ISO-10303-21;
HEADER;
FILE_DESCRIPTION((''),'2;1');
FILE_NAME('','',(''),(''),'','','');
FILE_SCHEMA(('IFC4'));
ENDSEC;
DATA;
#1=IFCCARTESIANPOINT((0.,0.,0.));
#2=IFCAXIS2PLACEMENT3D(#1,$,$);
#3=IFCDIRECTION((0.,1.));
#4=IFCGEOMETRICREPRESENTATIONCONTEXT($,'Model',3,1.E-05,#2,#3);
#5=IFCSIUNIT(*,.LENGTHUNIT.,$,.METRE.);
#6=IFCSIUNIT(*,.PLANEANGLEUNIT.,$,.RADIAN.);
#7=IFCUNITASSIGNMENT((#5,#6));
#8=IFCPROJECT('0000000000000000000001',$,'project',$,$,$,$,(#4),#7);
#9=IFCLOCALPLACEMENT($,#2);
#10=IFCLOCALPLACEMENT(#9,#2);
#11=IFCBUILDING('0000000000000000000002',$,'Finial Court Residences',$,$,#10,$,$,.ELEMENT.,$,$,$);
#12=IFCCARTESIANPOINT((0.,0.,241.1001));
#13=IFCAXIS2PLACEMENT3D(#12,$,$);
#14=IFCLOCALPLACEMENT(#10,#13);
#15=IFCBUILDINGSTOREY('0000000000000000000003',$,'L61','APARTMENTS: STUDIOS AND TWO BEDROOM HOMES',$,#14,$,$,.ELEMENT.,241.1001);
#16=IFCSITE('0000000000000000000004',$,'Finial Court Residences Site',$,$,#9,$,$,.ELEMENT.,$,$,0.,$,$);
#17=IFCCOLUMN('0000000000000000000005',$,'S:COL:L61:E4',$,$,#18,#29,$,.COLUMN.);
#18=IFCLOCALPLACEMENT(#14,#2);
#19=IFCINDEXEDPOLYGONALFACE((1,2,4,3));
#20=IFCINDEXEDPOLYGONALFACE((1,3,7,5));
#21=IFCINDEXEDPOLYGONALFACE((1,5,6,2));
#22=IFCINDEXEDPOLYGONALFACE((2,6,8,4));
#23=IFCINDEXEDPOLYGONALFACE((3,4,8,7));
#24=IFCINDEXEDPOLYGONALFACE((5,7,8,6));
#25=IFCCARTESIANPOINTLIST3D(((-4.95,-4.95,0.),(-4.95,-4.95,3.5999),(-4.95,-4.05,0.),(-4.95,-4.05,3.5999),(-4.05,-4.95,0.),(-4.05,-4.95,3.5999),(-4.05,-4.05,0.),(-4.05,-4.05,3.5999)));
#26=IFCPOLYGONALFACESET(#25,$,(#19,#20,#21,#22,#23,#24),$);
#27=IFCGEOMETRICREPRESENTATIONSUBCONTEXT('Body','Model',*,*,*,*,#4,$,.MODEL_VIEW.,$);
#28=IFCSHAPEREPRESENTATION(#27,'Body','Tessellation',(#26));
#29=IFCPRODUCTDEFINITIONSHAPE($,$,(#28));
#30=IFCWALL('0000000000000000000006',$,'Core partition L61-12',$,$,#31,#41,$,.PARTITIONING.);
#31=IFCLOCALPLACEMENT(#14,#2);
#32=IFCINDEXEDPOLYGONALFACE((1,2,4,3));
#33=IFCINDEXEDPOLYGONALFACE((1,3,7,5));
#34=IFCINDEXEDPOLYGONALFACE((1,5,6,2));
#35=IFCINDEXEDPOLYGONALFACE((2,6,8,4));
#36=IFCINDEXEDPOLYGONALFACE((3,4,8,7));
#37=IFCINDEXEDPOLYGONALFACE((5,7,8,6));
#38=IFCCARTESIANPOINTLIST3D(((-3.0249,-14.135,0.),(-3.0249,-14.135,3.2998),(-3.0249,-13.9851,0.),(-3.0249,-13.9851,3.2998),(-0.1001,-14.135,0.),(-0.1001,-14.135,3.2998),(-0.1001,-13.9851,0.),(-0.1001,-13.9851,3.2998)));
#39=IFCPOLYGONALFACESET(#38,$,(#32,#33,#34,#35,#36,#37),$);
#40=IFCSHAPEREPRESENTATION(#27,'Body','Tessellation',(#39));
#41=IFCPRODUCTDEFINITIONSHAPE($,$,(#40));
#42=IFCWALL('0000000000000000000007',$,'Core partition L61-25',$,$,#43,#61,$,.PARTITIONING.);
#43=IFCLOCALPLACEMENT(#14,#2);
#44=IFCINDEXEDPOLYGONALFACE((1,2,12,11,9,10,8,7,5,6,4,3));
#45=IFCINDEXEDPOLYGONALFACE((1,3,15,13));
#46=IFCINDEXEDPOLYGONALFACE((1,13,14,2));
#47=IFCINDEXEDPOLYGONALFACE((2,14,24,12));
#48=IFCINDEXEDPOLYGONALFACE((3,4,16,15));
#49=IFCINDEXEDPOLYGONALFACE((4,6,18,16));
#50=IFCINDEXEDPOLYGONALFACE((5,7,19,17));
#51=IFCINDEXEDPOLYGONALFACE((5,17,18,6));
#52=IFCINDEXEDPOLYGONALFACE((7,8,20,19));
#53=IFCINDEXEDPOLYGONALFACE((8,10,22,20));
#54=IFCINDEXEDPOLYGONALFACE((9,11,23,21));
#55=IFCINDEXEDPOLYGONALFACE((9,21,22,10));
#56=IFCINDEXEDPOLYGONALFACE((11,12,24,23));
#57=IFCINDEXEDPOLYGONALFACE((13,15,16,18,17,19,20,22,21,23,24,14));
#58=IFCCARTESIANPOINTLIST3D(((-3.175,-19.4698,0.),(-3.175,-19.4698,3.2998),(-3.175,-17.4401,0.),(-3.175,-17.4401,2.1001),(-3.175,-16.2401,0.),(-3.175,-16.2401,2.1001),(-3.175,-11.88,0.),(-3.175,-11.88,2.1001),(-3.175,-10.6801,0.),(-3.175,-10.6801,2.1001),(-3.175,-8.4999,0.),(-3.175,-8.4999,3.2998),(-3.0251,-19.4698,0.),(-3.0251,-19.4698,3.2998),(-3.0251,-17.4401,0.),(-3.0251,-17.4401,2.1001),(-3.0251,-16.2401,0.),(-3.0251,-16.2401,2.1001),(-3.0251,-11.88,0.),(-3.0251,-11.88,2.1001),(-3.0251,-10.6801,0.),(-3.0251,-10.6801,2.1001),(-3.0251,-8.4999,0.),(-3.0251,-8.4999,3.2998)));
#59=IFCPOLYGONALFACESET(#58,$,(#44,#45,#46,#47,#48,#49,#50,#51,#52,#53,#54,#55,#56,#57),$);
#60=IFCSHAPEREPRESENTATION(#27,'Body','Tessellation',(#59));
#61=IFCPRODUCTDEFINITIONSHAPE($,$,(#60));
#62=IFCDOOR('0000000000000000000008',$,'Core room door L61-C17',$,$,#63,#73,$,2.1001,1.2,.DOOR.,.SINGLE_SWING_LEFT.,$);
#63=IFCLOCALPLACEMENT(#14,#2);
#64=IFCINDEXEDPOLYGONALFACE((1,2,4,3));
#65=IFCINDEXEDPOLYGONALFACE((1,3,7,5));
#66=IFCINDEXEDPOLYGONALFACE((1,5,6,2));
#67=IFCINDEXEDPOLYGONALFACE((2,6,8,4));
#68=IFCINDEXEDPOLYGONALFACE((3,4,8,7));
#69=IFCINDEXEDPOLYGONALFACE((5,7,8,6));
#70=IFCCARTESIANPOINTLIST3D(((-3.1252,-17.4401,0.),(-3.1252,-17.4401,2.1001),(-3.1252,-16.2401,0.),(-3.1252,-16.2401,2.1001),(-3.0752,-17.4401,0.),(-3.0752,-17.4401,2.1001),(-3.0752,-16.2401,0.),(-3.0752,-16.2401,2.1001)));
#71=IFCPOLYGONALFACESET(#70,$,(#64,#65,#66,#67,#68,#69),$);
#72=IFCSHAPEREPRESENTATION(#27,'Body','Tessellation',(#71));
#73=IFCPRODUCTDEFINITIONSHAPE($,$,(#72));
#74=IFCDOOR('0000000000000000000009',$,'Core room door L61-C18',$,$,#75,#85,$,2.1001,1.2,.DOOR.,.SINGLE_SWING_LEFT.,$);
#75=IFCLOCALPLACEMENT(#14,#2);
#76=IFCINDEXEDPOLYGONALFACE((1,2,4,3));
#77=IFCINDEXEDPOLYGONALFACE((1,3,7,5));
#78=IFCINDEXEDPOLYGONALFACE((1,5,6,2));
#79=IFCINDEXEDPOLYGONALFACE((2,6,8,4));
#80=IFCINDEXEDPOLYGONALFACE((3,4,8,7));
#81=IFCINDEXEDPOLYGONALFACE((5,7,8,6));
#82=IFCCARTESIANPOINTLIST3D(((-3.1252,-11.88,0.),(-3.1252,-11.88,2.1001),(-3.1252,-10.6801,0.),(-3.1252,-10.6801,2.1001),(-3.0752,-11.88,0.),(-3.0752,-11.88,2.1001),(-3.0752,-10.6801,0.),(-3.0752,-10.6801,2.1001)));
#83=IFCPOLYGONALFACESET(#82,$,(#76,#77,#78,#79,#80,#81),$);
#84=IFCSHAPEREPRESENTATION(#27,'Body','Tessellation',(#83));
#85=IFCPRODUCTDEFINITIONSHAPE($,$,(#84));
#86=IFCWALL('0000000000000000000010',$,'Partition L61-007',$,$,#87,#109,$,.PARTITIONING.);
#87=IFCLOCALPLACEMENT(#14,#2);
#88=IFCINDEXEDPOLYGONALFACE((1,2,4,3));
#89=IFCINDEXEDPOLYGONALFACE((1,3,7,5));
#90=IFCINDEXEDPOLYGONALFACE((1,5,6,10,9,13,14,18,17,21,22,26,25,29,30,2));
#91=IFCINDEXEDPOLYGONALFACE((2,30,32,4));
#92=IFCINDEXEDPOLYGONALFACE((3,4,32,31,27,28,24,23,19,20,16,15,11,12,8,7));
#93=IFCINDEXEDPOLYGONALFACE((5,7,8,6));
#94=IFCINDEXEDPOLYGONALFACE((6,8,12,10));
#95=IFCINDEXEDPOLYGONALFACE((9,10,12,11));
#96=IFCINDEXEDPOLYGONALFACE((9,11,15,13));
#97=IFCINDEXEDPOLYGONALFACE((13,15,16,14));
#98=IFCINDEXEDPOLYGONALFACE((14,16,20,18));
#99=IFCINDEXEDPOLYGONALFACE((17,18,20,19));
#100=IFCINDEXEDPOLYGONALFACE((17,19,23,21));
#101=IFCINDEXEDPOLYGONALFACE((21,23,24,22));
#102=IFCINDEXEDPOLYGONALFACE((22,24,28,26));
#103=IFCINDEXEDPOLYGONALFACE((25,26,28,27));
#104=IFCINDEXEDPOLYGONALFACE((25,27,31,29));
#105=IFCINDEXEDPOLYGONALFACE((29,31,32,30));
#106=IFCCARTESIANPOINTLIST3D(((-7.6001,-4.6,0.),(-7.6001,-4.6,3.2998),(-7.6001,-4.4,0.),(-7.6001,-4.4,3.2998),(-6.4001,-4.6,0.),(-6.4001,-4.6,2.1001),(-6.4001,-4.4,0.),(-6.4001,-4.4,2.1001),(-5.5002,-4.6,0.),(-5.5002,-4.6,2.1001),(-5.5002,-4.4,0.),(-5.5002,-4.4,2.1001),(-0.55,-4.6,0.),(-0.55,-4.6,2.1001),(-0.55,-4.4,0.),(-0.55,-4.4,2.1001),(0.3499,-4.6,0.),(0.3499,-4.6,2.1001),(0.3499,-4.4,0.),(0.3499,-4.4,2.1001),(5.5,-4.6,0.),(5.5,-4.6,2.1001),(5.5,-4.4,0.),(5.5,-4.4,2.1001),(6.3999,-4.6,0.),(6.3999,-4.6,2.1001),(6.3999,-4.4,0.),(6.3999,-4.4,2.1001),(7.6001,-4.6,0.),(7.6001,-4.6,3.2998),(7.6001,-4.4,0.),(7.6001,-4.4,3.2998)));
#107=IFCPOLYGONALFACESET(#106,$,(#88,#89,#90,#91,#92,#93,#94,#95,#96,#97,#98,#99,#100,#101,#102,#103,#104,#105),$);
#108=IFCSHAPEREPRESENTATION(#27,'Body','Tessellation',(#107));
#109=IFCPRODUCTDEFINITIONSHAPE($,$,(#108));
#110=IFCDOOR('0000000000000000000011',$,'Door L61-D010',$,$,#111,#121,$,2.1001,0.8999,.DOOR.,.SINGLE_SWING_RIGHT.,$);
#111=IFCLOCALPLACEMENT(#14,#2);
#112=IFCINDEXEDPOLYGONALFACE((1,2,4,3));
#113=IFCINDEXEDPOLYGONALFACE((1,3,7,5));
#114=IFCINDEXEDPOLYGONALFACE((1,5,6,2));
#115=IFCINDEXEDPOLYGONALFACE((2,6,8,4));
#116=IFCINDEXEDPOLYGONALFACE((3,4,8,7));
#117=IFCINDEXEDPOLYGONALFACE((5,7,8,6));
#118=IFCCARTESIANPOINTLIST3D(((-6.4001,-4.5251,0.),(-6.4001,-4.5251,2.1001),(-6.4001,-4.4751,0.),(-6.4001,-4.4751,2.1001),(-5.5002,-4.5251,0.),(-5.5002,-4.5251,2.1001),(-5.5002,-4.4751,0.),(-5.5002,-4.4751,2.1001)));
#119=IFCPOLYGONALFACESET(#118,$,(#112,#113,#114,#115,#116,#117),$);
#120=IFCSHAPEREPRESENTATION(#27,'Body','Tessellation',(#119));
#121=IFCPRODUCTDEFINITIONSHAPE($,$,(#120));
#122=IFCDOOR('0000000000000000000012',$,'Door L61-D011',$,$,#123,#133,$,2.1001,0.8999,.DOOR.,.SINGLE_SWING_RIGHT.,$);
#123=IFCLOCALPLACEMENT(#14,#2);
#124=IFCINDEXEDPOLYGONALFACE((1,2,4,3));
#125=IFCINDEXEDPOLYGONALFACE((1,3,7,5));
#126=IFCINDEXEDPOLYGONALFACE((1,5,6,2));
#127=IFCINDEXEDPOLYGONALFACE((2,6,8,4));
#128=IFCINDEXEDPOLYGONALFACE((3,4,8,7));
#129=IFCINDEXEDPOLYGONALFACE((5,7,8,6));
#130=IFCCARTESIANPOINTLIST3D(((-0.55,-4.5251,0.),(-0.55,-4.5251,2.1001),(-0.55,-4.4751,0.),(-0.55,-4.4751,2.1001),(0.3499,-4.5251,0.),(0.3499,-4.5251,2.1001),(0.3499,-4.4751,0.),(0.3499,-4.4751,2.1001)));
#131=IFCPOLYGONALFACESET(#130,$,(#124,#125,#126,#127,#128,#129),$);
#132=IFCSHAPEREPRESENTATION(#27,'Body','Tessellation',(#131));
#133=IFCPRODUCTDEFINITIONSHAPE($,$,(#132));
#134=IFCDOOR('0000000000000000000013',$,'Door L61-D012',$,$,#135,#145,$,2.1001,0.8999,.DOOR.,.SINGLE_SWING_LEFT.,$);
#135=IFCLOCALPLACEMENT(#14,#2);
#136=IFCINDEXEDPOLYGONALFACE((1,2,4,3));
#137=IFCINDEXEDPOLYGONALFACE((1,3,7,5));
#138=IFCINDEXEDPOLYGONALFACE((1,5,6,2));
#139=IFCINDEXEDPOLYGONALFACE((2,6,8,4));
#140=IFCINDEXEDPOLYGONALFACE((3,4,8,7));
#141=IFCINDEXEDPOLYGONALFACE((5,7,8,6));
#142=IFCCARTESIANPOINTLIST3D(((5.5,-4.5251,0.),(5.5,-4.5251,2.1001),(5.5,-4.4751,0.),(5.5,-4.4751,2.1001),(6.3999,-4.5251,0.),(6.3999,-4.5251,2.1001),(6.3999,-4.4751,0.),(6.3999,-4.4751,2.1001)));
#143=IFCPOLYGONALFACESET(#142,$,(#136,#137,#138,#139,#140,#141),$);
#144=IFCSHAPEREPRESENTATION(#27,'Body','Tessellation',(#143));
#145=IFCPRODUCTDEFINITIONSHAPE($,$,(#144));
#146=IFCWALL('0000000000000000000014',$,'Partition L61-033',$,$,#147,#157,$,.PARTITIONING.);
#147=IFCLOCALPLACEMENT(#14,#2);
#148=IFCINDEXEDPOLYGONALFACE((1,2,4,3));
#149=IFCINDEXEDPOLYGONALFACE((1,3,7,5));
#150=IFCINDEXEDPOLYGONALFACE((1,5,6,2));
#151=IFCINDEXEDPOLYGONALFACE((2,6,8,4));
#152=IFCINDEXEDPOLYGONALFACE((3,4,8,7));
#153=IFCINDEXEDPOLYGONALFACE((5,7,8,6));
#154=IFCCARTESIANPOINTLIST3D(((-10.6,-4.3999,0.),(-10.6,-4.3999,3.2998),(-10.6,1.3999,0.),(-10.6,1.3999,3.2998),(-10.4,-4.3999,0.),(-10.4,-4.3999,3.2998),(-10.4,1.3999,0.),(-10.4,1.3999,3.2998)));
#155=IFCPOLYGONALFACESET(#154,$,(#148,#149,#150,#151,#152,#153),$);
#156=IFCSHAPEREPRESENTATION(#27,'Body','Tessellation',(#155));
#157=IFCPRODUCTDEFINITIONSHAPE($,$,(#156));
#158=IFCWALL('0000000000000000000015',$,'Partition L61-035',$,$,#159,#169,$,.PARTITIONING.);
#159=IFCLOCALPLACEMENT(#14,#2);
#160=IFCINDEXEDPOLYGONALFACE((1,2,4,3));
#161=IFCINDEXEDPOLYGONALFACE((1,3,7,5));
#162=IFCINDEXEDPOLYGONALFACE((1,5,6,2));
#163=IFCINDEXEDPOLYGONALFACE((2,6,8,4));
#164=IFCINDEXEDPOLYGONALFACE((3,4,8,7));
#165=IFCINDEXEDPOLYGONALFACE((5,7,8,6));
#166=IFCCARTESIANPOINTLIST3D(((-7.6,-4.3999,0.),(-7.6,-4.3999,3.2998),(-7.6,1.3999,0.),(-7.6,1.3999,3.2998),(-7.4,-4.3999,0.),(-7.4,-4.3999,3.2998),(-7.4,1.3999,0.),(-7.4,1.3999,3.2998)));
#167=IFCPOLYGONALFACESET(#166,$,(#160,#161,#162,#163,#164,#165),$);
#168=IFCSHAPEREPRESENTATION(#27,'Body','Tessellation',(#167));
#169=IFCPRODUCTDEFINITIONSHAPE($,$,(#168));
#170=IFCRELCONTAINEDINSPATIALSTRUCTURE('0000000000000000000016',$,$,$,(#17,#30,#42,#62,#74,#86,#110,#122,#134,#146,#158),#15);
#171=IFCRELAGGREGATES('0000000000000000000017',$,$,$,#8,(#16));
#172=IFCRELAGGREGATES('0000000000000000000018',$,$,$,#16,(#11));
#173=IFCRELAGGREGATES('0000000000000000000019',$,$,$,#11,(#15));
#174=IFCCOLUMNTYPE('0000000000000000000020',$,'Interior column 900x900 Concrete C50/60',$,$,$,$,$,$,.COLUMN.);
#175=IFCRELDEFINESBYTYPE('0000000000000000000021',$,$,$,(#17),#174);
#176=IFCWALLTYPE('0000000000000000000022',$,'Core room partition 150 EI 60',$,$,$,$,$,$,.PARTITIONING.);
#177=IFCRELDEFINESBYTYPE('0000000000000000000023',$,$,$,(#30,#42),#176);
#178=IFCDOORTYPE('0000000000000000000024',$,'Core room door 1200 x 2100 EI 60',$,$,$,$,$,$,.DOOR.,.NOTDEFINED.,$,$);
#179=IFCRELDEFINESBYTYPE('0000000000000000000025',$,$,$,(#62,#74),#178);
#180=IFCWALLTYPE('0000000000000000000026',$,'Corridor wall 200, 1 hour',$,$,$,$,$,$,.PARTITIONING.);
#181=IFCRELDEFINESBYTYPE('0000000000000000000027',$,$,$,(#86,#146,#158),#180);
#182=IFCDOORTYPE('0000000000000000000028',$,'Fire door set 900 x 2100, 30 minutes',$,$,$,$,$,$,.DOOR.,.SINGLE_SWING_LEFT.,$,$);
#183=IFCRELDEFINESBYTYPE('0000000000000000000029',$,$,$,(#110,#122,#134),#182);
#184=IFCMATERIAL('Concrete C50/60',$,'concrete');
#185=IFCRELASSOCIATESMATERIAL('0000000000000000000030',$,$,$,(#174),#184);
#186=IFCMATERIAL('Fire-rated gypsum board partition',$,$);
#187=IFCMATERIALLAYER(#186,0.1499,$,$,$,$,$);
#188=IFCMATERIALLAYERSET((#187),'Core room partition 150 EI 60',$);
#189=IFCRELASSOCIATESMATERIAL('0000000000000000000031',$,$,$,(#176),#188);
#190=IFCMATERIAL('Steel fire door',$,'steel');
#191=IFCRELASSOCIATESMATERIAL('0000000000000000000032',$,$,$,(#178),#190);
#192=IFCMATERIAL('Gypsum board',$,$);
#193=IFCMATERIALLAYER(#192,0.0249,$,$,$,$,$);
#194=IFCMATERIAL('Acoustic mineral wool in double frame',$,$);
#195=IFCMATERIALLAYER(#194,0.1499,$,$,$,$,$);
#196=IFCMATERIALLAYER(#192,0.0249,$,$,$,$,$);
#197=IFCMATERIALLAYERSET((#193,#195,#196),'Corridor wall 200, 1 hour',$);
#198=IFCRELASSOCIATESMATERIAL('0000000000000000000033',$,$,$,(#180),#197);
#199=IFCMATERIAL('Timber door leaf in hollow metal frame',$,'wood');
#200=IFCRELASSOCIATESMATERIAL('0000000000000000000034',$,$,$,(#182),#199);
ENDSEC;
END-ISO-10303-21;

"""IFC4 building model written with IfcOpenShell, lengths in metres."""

from ifc_helpers import new_model, si_unit, direction, frame, frame_2d, origin, origin_2d, place, context, subcontext, project, spatial, rectangle, extrude, material, layer, layer_set, material_profile, profile_set, type_object, element, fill, save


model = new_model("IFC4")

# Units and contexts
model_context = context("Model", 3, precision=1e-05, world=origin(), true_north=direction((0.0, 1.0)))
body_context = subcontext(model_context, "Body", "Model", "MODEL_VIEW")
ifc_project = project(units=[si_unit("LENGTHUNIT", "METRE"), si_unit("PLANEANGLEUNIT", "RADIAN")], contexts=[model_context])

# Site, building, storey
site_placement = place(None, origin())
site = spatial("IfcSite", under=ifc_project, at=site_placement, Name="Finial Court Residences Site", CompositionType="ELEMENT", RefElevation=0.0)
building_placement = place(site_placement, origin())
building = spatial("IfcBuilding", under=site, at=building_placement, Name="Finial Court Residences", CompositionType="ELEMENT")
storey_placement = place(building_placement, frame((0.0, 0.0, 241.1001)))
storey = spatial("IfcBuildingStorey", under=building, at=storey_placement, Name="L61", Description="APARTMENTS: STUDIOS AND TWO BEDROOM HOMES", CompositionType="ELEMENT", Elevation=241.1001)

# Column
ifc_material_1 = material(Name="Concrete C50/60", Category="concrete")
ifc_material_profile = material_profile(ifc_material_1, rectangle(XDim=0.8999, YDim=0.8999, at=origin_2d()), Name="900x900")
ifc_profile_set = profile_set([ifc_material_profile], Name="Concrete C50/60")
column_type = type_object("IfcColumnType", Name="Interior column 900x900 Concrete C50/60", PredefinedType="COLUMN", material=ifc_profile_set)
column_placement = place(storey_placement, frame((-4.5, -4.5, 0.0), z_axis=(0.0, 0.0, 1.0), x_axis=(1.0, 0.0, 0.0)))
element("IfcColumn", 1, at=column_placement, inside=storey, type_object=column_type, Name="S:COL:L61:E4", PredefinedType="COLUMN", context=body_context, shape_type="SweptSolid", body=[
    extrude(rectangle(XDim=0.8999, YDim=0.8999, at=origin_2d()), origin(), (0.0, 0.0, 1.0), 3.5999),
])

# Wall
ifc_material_2 = material(Name="Fire-rated gypsum board partition")
ifc_layer_1 = layer(ifc_material_2, 0.1499)
ifc_layer_set_1 = layer_set([ifc_layer_1], Name="Core room partition 150 EI 60")
wall_type_1 = type_object("IfcWallType", Name="Core room partition 150 EI 60", PredefinedType="PARTITIONING", material=ifc_layer_set_1)
wall_1_placement = place(storey_placement, frame((-3.0249, -14.0601, 0.0), z_axis=(0.0, 0.0, 1.0), x_axis=(1.0, 0.0, 0.0)))
element("IfcWall", 2, at=wall_1_placement, inside=storey, type_object=wall_type_1, Name="Core partition L61-12", PredefinedType="PARTITIONING", context=body_context, shape_type="SweptSolid", body=[
    extrude(rectangle(XDim=2.9248, YDim=0.1499, at=frame_2d((1.4624, 0.0))), origin(), (0.0, 0.0, 1.0), 3.2998),
])

# Walls, openings, doors
wall_2_placement = place(storey_placement, frame((-3.1001, -8.5, 0.0), z_axis=(0.0, 0.0, 1.0), x_axis=(0.0, -1.0, 0.0)))
wall_2 = element("IfcWall", 3, at=wall_2_placement, inside=storey, type_object=wall_type_1, Name="Core partition L61-25", PredefinedType="PARTITIONING", context=body_context, shape_type="SweptSolid", body=[
    extrude(rectangle(XDim=10.97, YDim=0.1499, at=frame_2d((5.4849, 0.0))), origin(), (0.0, 0.0, 1.0), 3.2998),
])
opening_1_placement = place(wall_2_placement, frame((7.74, 0.0, 0.0)))
opening_1 = element("IfcOpeningElement", 4, at=opening_1_placement, cuts=wall_2, PredefinedType="OPENING", context=body_context, shape_type="SweptSolid", body=[
    extrude(rectangle(XDim=1.2, YDim=2.1001, at=frame_2d((0.6001, 1.05))), frame((0.0, 0.085, 0.0), z_axis=(0.0, -1.0, 0.0), x_axis=(1.0, 0.0, 0.0)), (0.0, 0.0, 1.0), 0.1699),
])
opening_2_placement = place(wall_2_placement, frame((2.1799, 0.0, 0.0)))
opening_2 = element("IfcOpeningElement", 5, at=opening_2_placement, cuts=wall_2, PredefinedType="OPENING", context=body_context, shape_type="SweptSolid", body=[
    extrude(rectangle(XDim=1.2, YDim=2.1001, at=frame_2d((0.6001, 1.05))), frame((0.0, 0.085, 0.0), z_axis=(0.0, -1.0, 0.0), x_axis=(1.0, 0.0, 0.0)), (0.0, 0.0, 1.0), 0.1699),
])
ifc_material_3 = material(Name="Steel fire door", Category="steel")
door_type_1 = type_object("IfcDoorType", Name="Core room door 1200 x 2100 EI 60", OperationType="NOTDEFINED", PredefinedType="DOOR", material=ifc_material_3)
door_1_placement = place(opening_1_placement, origin())
door_1 = element("IfcDoor", 6, at=door_1_placement, inside=storey, type_object=door_type_1, Name="Core room door L61-C17", OperationType="SINGLE_SWING_LEFT", OverallHeight=2.1001, OverallWidth=1.2, PredefinedType="DOOR", context=body_context, shape_type="SweptSolid", body=[
    extrude(rectangle(XDim=1.2, YDim=2.1001, at=frame_2d((0.6001, 1.05))), frame((0.0, 0.0249, 0.0), z_axis=(0.0, -1.0, 0.0), x_axis=(1.0, 0.0, 0.0)), (0.0, 0.0, 1.0), 0.05),
])
fill(opening_1, door_1)
door_2_placement = place(opening_2_placement, origin())
door_2 = element("IfcDoor", 7, at=door_2_placement, inside=storey, type_object=door_type_1, Name="Core room door L61-C18", OperationType="SINGLE_SWING_LEFT", OverallHeight=2.1001, OverallWidth=1.2, PredefinedType="DOOR", context=body_context, shape_type="SweptSolid", body=[
    extrude(rectangle(XDim=1.2, YDim=2.1001, at=frame_2d((0.6001, 1.05))), frame((0.0, 0.0249, 0.0), z_axis=(0.0, -1.0, 0.0), x_axis=(1.0, 0.0, 0.0)), (0.0, 0.0, 1.0), 0.05),
])
fill(opening_2, door_2)
ifc_material_4 = material(Name="Gypsum board")
ifc_layer_2 = layer(ifc_material_4, 0.0249)
ifc_material_5 = material(Name="Acoustic mineral wool in double frame")
ifc_layer_3 = layer(ifc_material_5, 0.1499)
ifc_layer_4 = layer(ifc_material_4, 0.0249)
ifc_layer_set_2 = layer_set([ifc_layer_2, ifc_layer_3, ifc_layer_4], Name="Corridor wall 200, 1 hour")
wall_type_2 = type_object("IfcWallType", Name="Corridor wall 200, 1 hour", PredefinedType="PARTITIONING", material=ifc_layer_set_2)
wall_3_placement = place(storey_placement, frame((-7.6001, -4.5, 0.0), z_axis=(0.0, 0.0, 1.0), x_axis=(1.0, 0.0, 0.0)))
wall_3 = element("IfcWall", 8, at=wall_3_placement, inside=storey, type_object=wall_type_2, Name="Partition L61-007", PredefinedType="PARTITIONING", context=body_context, shape_type="SweptSolid", body=[
    extrude(rectangle(XDim=15.2002, YDim=0.2, at=frame_2d((7.6001, 0.0))), origin(), (0.0, 0.0, 1.0), 3.2998),
])
opening_3_placement = place(wall_3_placement, frame((1.2, 0.0, 0.0)))
opening_3 = element("IfcOpeningElement", 9, at=opening_3_placement, cuts=wall_3, PredefinedType="OPENING", context=body_context, shape_type="SweptSolid", body=[
    extrude(rectangle(XDim=0.8999, YDim=2.1001, at=frame_2d((0.45, 1.05))), frame((0.0, 0.1099, 0.0), z_axis=(0.0, -1.0, 0.0), x_axis=(1.0, 0.0, 0.0)), (0.0, 0.0, 1.0), 0.22),
])
opening_4_placement = place(wall_3_placement, frame((7.05, 0.0, 0.0)))
opening_4 = element("IfcOpeningElement", 10, at=opening_4_placement, cuts=wall_3, PredefinedType="OPENING", context=body_context, shape_type="SweptSolid", body=[
    extrude(rectangle(XDim=0.8999, YDim=2.1001, at=frame_2d((0.45, 1.05))), frame((0.0, 0.1099, 0.0), z_axis=(0.0, -1.0, 0.0), x_axis=(1.0, 0.0, 0.0)), (0.0, 0.0, 1.0), 0.22),
])
opening_5_placement = place(wall_3_placement, frame((13.1001, 0.0, 0.0)))
opening_5 = element("IfcOpeningElement", 11, at=opening_5_placement, cuts=wall_3, PredefinedType="OPENING", context=body_context, shape_type="SweptSolid", body=[
    extrude(rectangle(XDim=0.8999, YDim=2.1001, at=frame_2d((0.45, 1.05))), frame((0.0, 0.1099, 0.0), z_axis=(0.0, -1.0, 0.0), x_axis=(1.0, 0.0, 0.0)), (0.0, 0.0, 1.0), 0.22),
])
ifc_material_6 = material(Name="Timber door leaf in hollow metal frame", Category="wood")
door_type_2 = type_object("IfcDoorType", Name="Fire door set 900 x 2100, 30 minutes", OperationType="SINGLE_SWING_LEFT", PredefinedType="DOOR", material=ifc_material_6)
door_3_placement = place(opening_3_placement, origin())
door_3 = element("IfcDoor", 12, at=door_3_placement, inside=storey, type_object=door_type_2, Name="Door L61-D010", OperationType="SINGLE_SWING_RIGHT", OverallHeight=2.1001, OverallWidth=0.8999, PredefinedType="DOOR", context=body_context, shape_type="SweptSolid", body=[
    extrude(rectangle(XDim=0.8999, YDim=2.1001, at=frame_2d((0.45, 1.05))), frame((0.0, 0.0249, 0.0), z_axis=(0.0, -1.0, 0.0), x_axis=(1.0, 0.0, 0.0)), (0.0, 0.0, 1.0), 0.05),
])
fill(opening_3, door_3)
door_4_placement = place(opening_4_placement, origin())
door_4 = element("IfcDoor", 13, at=door_4_placement, inside=storey, type_object=door_type_2, Name="Door L61-D011", OperationType="SINGLE_SWING_RIGHT", OverallHeight=2.1001, OverallWidth=0.8999, PredefinedType="DOOR", context=body_context, shape_type="SweptSolid", body=[
    extrude(rectangle(XDim=0.8999, YDim=2.1001, at=frame_2d((0.45, 1.05))), frame((0.0, 0.0249, 0.0), z_axis=(0.0, -1.0, 0.0), x_axis=(1.0, 0.0, 0.0)), (0.0, 0.0, 1.0), 0.05),
])
fill(opening_4, door_4)
door_5_placement = place(opening_5_placement, origin())
door_5 = element("IfcDoor", 14, at=door_5_placement, inside=storey, type_object=door_type_2, Name="Door L61-D012", OperationType="SINGLE_SWING_LEFT", OverallHeight=2.1001, OverallWidth=0.8999, PredefinedType="DOOR", context=body_context, shape_type="SweptSolid", body=[
    extrude(rectangle(XDim=0.8999, YDim=2.1001, at=frame_2d((0.45, 1.05))), frame((0.0, 0.0249, 0.0), z_axis=(0.0, -1.0, 0.0), x_axis=(1.0, 0.0, 0.0)), (0.0, 0.0, 1.0), 0.05),
])
fill(opening_5, door_5)

# Walls
for number, where, z_axis, x_axis, name in (
    (15, (-10.5, -4.3999, 0.0), (0.0, 0.0, 1.0), (0.0, 1.0, 0.0), "Partition L61-033"),
    (16, (-7.5, -4.3999, 0.0), (0.0, 0.0, 1.0), (0.0, 1.0, 0.0), "Partition L61-035"),
):
    element("IfcWall", number, at=place(storey_placement, frame(where, z_axis=z_axis, x_axis=x_axis)), inside=storey, type_object=wall_type_2, Name=name, PredefinedType="PARTITIONING", context=body_context, shape_type="SweptSolid", body=[
        extrude(rectangle(XDim=5.7998, YDim=0.2, at=frame_2d((2.8999, 0.0))), origin(), (0.0, 0.0, 1.0), 3.2998),
    ])

save(model, "model.ifc")
